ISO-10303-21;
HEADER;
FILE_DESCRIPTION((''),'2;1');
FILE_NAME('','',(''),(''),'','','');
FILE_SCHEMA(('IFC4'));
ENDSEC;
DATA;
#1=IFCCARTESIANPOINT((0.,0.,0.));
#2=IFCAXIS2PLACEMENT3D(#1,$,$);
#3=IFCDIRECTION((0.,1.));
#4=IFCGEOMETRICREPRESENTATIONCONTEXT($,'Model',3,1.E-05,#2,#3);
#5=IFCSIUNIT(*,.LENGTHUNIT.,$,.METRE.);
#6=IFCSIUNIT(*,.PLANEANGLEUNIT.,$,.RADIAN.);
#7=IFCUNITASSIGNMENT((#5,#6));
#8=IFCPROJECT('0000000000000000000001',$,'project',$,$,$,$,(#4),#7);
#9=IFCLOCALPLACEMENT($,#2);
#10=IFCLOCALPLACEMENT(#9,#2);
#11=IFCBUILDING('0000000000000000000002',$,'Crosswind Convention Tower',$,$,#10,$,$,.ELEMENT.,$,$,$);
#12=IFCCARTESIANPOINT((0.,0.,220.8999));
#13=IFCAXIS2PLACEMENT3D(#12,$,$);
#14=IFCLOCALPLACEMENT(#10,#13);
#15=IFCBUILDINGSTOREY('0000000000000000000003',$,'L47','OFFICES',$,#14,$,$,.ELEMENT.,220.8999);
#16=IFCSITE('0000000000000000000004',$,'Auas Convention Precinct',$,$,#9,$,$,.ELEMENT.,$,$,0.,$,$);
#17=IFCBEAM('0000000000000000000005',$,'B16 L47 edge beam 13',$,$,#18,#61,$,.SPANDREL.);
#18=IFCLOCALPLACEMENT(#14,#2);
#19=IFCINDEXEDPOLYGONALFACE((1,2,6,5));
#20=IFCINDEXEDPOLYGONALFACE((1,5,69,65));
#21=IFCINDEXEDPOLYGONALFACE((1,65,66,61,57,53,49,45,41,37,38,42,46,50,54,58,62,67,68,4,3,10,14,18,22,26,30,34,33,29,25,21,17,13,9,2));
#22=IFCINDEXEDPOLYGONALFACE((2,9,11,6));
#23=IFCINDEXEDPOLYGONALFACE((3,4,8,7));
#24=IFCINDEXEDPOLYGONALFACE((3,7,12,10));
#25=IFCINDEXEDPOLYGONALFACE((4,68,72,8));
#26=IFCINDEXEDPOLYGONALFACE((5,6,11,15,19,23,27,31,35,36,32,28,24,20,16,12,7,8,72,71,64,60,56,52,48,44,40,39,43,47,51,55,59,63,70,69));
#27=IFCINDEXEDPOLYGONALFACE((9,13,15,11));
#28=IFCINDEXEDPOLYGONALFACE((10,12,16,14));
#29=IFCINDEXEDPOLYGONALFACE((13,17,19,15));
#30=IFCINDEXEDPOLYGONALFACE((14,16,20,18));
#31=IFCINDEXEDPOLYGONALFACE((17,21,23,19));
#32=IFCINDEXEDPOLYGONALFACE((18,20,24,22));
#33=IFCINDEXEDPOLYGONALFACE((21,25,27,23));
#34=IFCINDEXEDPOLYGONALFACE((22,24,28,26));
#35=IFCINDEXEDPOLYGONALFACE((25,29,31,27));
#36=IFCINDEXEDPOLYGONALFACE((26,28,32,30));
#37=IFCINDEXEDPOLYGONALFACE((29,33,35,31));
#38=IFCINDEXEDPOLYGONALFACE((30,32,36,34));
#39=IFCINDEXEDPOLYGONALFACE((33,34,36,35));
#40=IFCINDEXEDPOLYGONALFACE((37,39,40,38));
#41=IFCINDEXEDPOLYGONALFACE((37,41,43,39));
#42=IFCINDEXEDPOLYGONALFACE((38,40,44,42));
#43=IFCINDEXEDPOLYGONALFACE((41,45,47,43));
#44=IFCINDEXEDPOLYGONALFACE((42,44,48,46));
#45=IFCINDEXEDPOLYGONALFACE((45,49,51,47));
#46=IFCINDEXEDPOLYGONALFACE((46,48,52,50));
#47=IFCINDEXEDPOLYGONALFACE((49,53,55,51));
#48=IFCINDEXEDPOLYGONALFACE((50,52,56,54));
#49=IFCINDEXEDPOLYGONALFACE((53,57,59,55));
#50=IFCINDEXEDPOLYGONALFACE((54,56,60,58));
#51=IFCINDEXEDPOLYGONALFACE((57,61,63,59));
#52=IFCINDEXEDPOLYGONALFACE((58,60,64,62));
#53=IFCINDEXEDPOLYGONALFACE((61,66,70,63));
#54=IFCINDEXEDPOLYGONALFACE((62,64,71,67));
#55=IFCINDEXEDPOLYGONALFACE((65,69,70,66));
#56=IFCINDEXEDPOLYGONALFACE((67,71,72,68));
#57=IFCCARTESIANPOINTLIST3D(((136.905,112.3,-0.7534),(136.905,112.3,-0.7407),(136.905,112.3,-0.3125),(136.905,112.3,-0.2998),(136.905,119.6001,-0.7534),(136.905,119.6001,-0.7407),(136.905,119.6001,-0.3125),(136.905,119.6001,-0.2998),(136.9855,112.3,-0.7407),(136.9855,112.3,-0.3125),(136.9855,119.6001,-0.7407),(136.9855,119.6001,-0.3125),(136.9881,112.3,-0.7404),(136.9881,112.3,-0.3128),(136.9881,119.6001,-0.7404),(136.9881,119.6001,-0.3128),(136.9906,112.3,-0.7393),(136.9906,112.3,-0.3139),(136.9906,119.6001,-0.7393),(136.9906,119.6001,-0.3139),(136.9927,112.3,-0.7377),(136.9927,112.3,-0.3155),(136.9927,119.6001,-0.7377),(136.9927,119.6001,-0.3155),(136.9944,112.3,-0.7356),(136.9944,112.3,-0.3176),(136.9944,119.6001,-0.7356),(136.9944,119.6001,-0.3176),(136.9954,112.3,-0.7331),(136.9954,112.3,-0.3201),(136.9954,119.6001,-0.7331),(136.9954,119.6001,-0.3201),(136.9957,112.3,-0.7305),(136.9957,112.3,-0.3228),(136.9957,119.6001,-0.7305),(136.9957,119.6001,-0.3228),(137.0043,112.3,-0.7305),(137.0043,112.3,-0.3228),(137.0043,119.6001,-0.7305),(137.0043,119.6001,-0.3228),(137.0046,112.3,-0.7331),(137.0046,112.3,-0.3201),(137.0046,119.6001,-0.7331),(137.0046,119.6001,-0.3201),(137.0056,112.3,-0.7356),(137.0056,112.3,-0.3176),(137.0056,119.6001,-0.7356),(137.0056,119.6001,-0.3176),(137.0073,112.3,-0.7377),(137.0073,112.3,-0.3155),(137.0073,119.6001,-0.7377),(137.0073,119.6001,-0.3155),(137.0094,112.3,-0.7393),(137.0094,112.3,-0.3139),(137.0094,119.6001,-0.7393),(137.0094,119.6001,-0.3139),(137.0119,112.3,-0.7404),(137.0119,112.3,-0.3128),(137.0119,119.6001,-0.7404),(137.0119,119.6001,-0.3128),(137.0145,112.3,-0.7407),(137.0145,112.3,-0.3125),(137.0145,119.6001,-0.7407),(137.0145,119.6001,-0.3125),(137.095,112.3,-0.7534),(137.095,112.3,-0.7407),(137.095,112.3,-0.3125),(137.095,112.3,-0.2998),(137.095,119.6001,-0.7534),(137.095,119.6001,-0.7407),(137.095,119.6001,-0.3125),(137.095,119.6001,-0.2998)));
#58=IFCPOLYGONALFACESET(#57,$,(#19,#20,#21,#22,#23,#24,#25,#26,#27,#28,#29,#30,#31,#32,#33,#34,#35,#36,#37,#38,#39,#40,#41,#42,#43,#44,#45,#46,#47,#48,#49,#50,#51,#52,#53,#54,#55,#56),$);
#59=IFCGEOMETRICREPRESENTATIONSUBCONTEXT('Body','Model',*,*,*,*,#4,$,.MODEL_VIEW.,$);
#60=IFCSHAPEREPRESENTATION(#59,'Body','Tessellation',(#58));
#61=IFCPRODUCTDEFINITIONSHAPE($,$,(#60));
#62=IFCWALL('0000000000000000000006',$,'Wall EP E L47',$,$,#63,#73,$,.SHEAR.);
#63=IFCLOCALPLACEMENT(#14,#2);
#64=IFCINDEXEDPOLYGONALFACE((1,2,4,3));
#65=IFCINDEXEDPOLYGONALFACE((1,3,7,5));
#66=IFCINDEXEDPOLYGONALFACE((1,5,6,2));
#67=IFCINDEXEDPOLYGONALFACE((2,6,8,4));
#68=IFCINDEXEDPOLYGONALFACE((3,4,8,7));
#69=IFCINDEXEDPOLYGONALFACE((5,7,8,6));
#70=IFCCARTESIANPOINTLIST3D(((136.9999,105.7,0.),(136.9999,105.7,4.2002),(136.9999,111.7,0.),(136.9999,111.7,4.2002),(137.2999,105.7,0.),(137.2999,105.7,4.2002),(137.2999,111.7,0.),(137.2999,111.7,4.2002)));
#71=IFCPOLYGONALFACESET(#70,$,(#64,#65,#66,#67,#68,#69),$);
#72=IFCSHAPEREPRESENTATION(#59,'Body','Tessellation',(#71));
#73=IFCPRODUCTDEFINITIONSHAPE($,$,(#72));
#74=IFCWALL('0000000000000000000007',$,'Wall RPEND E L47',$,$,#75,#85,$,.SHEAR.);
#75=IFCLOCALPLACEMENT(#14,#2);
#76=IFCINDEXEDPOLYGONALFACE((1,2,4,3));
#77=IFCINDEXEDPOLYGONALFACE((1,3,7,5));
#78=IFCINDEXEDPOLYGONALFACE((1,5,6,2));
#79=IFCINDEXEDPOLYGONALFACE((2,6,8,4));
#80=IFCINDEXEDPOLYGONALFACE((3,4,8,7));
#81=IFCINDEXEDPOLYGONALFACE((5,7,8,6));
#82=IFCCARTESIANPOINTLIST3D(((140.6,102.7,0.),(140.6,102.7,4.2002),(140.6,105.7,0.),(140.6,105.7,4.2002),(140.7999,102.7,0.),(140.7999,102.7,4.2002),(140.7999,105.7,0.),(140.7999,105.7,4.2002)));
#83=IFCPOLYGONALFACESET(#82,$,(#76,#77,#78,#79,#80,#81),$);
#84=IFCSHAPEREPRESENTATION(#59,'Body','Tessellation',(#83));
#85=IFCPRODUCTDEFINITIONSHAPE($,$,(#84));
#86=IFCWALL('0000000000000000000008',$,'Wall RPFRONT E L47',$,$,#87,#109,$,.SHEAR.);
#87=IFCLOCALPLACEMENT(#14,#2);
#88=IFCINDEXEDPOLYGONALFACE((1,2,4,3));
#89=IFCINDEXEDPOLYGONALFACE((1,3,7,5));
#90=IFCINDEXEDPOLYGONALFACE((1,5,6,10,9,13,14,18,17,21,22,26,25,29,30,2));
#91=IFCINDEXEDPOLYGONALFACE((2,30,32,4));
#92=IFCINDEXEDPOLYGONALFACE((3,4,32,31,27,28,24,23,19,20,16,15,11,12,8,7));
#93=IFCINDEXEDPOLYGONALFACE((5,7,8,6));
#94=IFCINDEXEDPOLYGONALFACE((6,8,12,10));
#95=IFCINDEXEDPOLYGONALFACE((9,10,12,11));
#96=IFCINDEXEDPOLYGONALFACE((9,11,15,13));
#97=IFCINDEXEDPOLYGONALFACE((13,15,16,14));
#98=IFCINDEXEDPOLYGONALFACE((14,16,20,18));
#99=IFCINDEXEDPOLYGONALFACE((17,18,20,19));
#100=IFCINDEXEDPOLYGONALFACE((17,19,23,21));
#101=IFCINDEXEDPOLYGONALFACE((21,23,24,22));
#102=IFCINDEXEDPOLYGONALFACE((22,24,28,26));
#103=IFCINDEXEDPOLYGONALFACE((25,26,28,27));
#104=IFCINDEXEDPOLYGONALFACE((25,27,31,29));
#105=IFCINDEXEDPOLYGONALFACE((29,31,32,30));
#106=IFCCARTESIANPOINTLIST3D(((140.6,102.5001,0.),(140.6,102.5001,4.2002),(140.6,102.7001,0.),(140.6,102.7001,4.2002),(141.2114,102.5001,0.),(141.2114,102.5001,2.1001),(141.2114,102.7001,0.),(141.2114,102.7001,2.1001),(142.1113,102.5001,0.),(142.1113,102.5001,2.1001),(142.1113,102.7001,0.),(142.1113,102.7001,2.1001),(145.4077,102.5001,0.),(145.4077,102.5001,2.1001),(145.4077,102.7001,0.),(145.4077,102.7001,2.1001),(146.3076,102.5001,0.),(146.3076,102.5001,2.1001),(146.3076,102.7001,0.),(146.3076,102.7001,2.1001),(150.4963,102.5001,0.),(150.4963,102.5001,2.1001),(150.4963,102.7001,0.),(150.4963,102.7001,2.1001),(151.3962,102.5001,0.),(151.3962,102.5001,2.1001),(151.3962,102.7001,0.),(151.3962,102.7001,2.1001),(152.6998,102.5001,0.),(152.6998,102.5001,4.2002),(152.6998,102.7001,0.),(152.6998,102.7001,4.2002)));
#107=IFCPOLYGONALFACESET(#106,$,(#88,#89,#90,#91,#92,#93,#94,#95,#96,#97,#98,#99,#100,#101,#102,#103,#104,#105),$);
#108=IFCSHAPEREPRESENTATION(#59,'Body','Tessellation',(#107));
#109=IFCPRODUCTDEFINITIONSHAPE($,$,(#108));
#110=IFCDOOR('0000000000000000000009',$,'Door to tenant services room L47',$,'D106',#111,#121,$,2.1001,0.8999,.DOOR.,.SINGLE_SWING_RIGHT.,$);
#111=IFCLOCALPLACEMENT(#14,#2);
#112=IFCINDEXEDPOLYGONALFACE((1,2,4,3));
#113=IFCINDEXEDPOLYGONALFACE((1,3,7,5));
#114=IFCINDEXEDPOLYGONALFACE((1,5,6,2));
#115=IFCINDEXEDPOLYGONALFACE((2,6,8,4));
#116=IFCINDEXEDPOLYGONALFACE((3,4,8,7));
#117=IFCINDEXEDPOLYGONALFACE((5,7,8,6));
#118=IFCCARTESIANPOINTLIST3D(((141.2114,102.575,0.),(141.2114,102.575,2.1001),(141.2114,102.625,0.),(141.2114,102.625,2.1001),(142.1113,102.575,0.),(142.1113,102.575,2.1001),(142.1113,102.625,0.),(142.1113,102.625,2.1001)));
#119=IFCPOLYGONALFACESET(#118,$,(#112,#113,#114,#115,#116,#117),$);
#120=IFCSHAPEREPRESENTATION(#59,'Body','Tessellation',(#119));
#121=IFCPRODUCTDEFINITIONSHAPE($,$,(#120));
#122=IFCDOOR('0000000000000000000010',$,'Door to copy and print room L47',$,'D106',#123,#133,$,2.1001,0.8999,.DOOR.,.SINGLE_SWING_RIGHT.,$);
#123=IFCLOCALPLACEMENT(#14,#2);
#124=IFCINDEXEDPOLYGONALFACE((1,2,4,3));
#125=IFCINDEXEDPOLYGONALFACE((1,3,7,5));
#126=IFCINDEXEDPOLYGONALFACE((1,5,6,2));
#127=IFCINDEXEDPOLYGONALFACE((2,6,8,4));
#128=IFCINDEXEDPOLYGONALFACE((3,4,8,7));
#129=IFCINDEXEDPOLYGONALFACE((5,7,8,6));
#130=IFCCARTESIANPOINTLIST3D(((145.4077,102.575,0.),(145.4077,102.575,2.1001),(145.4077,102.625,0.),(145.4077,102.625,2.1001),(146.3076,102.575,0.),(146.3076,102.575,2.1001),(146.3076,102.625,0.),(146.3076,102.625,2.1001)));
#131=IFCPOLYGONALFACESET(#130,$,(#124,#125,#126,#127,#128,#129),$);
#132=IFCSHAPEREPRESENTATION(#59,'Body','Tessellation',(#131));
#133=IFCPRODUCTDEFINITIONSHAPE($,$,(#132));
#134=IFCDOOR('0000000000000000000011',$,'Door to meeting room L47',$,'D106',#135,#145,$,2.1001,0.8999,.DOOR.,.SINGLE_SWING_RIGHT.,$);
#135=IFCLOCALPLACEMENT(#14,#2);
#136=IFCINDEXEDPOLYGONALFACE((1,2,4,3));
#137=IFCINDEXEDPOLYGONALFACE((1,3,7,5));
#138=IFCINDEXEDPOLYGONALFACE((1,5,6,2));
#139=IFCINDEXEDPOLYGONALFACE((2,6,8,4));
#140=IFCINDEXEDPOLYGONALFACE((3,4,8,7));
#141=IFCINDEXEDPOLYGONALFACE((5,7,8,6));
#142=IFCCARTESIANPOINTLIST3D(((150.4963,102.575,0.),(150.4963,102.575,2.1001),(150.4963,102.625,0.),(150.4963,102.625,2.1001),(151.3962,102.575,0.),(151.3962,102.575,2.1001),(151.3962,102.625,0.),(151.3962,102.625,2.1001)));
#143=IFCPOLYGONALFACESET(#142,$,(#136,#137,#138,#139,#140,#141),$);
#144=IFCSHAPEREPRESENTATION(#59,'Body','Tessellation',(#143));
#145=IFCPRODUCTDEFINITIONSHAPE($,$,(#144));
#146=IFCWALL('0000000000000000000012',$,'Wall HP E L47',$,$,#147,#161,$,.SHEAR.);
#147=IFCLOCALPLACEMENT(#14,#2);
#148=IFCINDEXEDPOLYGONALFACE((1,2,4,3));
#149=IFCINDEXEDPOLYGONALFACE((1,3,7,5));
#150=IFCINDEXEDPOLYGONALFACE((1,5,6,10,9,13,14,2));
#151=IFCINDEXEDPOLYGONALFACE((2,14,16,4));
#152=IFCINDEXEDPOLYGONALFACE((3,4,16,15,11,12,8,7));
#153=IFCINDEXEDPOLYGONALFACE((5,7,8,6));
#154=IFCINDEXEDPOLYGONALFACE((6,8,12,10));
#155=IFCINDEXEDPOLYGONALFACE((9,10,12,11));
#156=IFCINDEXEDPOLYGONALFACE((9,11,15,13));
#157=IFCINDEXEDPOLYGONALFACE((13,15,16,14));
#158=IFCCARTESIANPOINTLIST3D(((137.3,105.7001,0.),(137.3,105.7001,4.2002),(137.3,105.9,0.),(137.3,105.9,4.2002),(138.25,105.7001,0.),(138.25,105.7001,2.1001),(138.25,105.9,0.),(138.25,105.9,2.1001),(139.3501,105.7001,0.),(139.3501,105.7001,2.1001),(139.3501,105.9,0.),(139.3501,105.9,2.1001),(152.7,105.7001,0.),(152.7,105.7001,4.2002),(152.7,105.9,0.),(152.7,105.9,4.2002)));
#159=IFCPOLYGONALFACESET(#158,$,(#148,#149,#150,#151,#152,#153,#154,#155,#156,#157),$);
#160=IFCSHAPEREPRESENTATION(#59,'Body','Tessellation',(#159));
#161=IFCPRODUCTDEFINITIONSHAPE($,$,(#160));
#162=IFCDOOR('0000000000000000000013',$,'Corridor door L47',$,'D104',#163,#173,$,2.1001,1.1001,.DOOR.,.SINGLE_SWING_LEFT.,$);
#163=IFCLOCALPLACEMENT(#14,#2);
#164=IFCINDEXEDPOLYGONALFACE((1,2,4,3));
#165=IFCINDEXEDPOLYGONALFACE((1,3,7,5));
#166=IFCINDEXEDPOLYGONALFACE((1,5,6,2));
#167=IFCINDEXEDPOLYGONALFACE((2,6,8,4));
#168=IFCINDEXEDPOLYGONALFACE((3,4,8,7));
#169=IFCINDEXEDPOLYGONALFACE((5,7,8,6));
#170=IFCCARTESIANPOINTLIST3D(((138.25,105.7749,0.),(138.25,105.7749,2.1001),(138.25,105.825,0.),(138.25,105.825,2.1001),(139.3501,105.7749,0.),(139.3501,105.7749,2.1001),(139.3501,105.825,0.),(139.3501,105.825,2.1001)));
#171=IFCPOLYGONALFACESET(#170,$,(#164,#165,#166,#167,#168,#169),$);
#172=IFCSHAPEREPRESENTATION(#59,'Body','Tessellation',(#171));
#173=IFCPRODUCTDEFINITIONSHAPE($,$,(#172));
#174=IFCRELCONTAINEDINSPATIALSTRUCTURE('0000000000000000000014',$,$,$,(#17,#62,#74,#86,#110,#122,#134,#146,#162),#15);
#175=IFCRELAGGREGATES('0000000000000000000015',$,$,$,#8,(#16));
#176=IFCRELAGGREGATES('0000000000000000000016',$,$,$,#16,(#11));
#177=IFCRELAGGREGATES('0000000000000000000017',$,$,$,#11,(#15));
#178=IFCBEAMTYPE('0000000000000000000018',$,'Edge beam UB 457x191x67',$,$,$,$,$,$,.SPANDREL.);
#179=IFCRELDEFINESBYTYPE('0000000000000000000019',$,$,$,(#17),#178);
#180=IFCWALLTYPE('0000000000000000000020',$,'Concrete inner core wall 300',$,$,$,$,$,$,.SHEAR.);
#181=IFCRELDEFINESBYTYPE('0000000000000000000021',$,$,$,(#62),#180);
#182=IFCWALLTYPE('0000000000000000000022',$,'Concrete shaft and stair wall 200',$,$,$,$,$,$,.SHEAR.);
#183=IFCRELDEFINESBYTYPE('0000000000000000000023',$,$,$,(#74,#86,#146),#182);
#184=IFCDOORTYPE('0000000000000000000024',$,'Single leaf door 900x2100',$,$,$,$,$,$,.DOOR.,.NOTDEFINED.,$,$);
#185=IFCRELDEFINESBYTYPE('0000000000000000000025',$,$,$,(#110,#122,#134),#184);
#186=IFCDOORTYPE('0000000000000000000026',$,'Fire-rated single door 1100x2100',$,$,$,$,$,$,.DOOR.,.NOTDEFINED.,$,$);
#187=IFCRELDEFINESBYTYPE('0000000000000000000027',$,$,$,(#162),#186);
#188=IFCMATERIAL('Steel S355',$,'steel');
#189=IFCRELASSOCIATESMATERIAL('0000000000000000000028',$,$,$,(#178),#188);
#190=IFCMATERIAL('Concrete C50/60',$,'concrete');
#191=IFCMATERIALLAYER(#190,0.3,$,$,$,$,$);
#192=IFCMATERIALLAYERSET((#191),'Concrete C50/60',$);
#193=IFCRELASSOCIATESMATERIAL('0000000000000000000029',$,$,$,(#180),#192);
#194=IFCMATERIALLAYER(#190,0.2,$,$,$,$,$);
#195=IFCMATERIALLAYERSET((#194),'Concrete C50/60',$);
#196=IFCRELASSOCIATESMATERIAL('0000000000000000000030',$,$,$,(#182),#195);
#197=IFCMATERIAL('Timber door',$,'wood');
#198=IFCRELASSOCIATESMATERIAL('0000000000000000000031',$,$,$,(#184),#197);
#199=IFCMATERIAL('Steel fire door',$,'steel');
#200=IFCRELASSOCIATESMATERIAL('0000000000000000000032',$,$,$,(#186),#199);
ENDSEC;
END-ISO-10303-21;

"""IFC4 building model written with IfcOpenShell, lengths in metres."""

from ifc_helpers import new_model, si_unit, direction, frame, frame_2d, origin, origin_2d, place, context, subcontext, project, spatial, rectangle, i_section, extrude, material, layer, layer_set, material_profile, profile_set, type_object, element, fill, save


model = new_model("IFC4")

# Units and contexts
model_context = context("Model", 3, precision=1e-05, world=origin(), true_north=direction((0.0, 1.0)))
body_context = subcontext(model_context, "Body", "Model", "MODEL_VIEW")
ifc_project = project(units=[si_unit("LENGTHUNIT", "METRE"), si_unit("PLANEANGLEUNIT", "RADIAN")], contexts=[model_context])

# Site, building, storey
site_placement = place(None, origin())
site = spatial("IfcSite", under=ifc_project, at=site_placement, Name="Auas Convention Precinct", CompositionType="ELEMENT", RefElevation=0.0)
building_placement = place(site_placement, origin())
building = spatial("IfcBuilding", under=site, at=building_placement, Name="Crosswind Convention Tower", CompositionType="ELEMENT")
storey_placement = place(building_placement, frame((0.0, 0.0, 220.8999)))
storey = spatial("IfcBuildingStorey", under=building, at=storey_placement, Name="L47", Description="OFFICES", CompositionType="ELEMENT", Elevation=220.8999)

# Beam
ifc_material_1 = material(Name="Steel S355", Category="steel")
ifc_material_profile = material_profile(ifc_material_1, i_section(OverallWidth=0.1899, OverallDepth=0.4536, WebThickness=0.0085, FlangeThickness=0.0127, FilletRadius=0.0103, at=origin_2d()), Name="UB 457x191x67")
ifc_profile_set = profile_set([ifc_material_profile], Name="Steel S355")
beam_type = type_object("IfcBeamType", Name="Edge beam UB 457x191x67", PredefinedType="SPANDREL", material=ifc_profile_set)
beam_placement = place(storey_placement, frame((137.0, 112.3, -0.5266), z_axis=(0.0, 1.0, 0.0), x_axis=(-1.0, 0.0, 0.0)))
element("IfcBeam", 1, at=beam_placement, inside=storey, type_object=beam_type, Name="B16 L47 edge beam 13", PredefinedType="SPANDREL", context=body_context, shape_type="SweptSolid", body=[
    extrude(i_section(OverallWidth=0.1899, OverallDepth=0.4536, WebThickness=0.0085, FlangeThickness=0.0127, FilletRadius=0.0103, at=origin_2d()), origin(), (0.0, 0.0, 1.0), 7.3),
])

# Walls
ifc_material_2 = material(Name="Concrete C50/60", Category="concrete")
ifc_layer_1 = layer(ifc_material_2, 0.3)
ifc_layer_set_1 = layer_set([ifc_layer_1], Name="Concrete C50/60")
wall_type_1 = type_object("IfcWallType", Name="Concrete inner core wall 300", PredefinedType="SHEAR", material=ifc_layer_set_1)
wall_1_placement = place(storey_placement, frame((137.1499, 105.7, 0.0), z_axis=(0.0, 0.0, 1.0), x_axis=(0.0, 1.0, 0.0)))
element("IfcWall", 2, at=wall_1_placement, inside=storey, type_object=wall_type_1, Name="Wall EP E L47", PredefinedType="SHEAR", context=body_context, shape_type="SweptSolid", body=[
    extrude(rectangle(XDim=6.0, YDim=0.3, at=frame_2d((3.0, 0.0))), origin(), (0.0, 0.0, 1.0), 4.2002),
])
ifc_layer_2 = layer(ifc_material_2, 0.2)
ifc_layer_set_2 = layer_set([ifc_layer_2], Name="Concrete C50/60")
wall_type_2 = type_object("IfcWallType", Name="Concrete shaft and stair wall 200", PredefinedType="SHEAR", material=ifc_layer_set_2)
wall_2_placement = place(storey_placement, frame((140.7, 102.7, 0.0), z_axis=(0.0, 0.0, 1.0), x_axis=(0.0, 1.0, 0.0)))
element("IfcWall", 3, at=wall_2_placement, inside=storey, type_object=wall_type_2, Name="Wall RPEND E L47", PredefinedType="SHEAR", context=body_context, shape_type="SweptSolid", body=[
    extrude(rectangle(XDim=3.0, YDim=0.2, at=frame_2d((1.5, 0.0))), origin(), (0.0, 0.0, 1.0), 4.2002),
])

# Wall, openings, doors
wall_3_placement = place(storey_placement, frame((140.6001, 102.6001, 0.0), z_axis=(0.0, 0.0, 1.0), x_axis=(1.0, 0.0, 0.0)))
wall_3 = element("IfcWall", 4, at=wall_3_placement, inside=storey, type_object=wall_type_2, Name="Wall RPFRONT E L47", PredefinedType="SHEAR", context=body_context, shape_type="SweptSolid", body=[
    extrude(rectangle(XDim=12.0999, YDim=0.2, at=frame_2d((6.0498, 0.0))), origin(), (0.0, 0.0, 1.0), 4.2002),
])
opening_1_placement = place(wall_3_placement, frame((0.6113, 0.0, 0.0)))
opening_1 = element("IfcOpeningElement", 5, at=opening_1_placement, cuts=wall_3, PredefinedType="OPENING", context=body_context, shape_type="SweptSolid", body=[
    extrude(rectangle(XDim=0.8999, YDim=2.1001, at=frame_2d((0.45, 1.05))), frame((0.0, 0.1099, 0.0), z_axis=(0.0, -1.0, 0.0), x_axis=(1.0, 0.0, 0.0)), (0.0, 0.0, 1.0), 0.22),
])
opening_2_placement = place(wall_3_placement, frame((4.8076, 0.0, 0.0)))
opening_2 = element("IfcOpeningElement", 6, at=opening_2_placement, cuts=wall_3, PredefinedType="OPENING", context=body_context, shape_type="SweptSolid", body=[
    extrude(rectangle(XDim=0.8999, YDim=2.1001, at=frame_2d((0.45, 1.05))), frame((0.0, 0.1099, 0.0), z_axis=(0.0, -1.0, 0.0), x_axis=(1.0, 0.0, 0.0)), (0.0, 0.0, 1.0), 0.22),
])
opening_3_placement = place(wall_3_placement, frame((9.8962, 0.0, 0.0)))
opening_3 = element("IfcOpeningElement", 7, at=opening_3_placement, cuts=wall_3, PredefinedType="OPENING", context=body_context, shape_type="SweptSolid", body=[
    extrude(rectangle(XDim=0.8999, YDim=2.1001, at=frame_2d((0.45, 1.05))), frame((0.0, 0.1099, 0.0), z_axis=(0.0, -1.0, 0.0), x_axis=(1.0, 0.0, 0.0)), (0.0, 0.0, 1.0), 0.22),
])
ifc_material_3 = material(Name="Timber door", Category="wood")
door_type_1 = type_object("IfcDoorType", Name="Single leaf door 900x2100", OperationType="NOTDEFINED", PredefinedType="DOOR", material=ifc_material_3)
door_1_placement = place(opening_1_placement, origin())
door_1 = element("IfcDoor", 8, at=door_1_placement, inside=storey, type_object=door_type_1, Name="Door to tenant services room L47", ObjectType="D106", OperationType="SINGLE_SWING_RIGHT", OverallHeight=2.1001, OverallWidth=0.8999, PredefinedType="DOOR", context=body_context, shape_type="SweptSolid", body=[
    extrude(rectangle(XDim=0.8999, YDim=2.1001, at=frame_2d((0.45, 1.05))), frame((0.0, 0.0249, 0.0), z_axis=(0.0, -1.0, 0.0), x_axis=(1.0, 0.0, 0.0)), (0.0, 0.0, 1.0), 0.05),
])
fill(opening_1, door_1)
door_2_placement = place(opening_2_placement, origin())
door_2 = element("IfcDoor", 9, at=door_2_placement, inside=storey, type_object=door_type_1, Name="Door to copy and print room L47", ObjectType="D106", OperationType="SINGLE_SWING_RIGHT", OverallHeight=2.1001, OverallWidth=0.8999, PredefinedType="DOOR", context=body_context, shape_type="SweptSolid", body=[
    extrude(rectangle(XDim=0.8999, YDim=2.1001, at=frame_2d((0.45, 1.05))), frame((0.0, 0.0249, 0.0), z_axis=(0.0, -1.0, 0.0), x_axis=(1.0, 0.0, 0.0)), (0.0, 0.0, 1.0), 0.05),
])
fill(opening_2, door_2)
door_3_placement = place(opening_3_placement, origin())
door_3 = element("IfcDoor", 10, at=door_3_placement, inside=storey, type_object=door_type_1, Name="Door to meeting room L47", ObjectType="D106", OperationType="SINGLE_SWING_RIGHT", OverallHeight=2.1001, OverallWidth=0.8999, PredefinedType="DOOR", context=body_context, shape_type="SweptSolid", body=[
    extrude(rectangle(XDim=0.8999, YDim=2.1001, at=frame_2d((0.45, 1.05))), frame((0.0, 0.0249, 0.0), z_axis=(0.0, -1.0, 0.0), x_axis=(1.0, 0.0, 0.0)), (0.0, 0.0, 1.0), 0.05),
])
fill(opening_3, door_3)

# Wall, opening, door
wall_4_placement = place(storey_placement, frame((137.3, 105.8, 0.0), z_axis=(0.0, 0.0, 1.0), x_axis=(1.0, 0.0, 0.0)))
wall_4 = element("IfcWall", 11, at=wall_4_placement, inside=storey, type_object=wall_type_2, Name="Wall HP E L47", PredefinedType="SHEAR", context=body_context, shape_type="SweptSolid", body=[
    extrude(rectangle(XDim=15.3999, YDim=0.2, at=frame_2d((7.7, 0.0))), origin(), (0.0, 0.0, 1.0), 4.2002),
])
opening_4_placement = place(wall_4_placement, frame((0.95, 0.0, 0.0)))
opening_4 = element("IfcOpeningElement", 12, at=opening_4_placement, cuts=wall_4, PredefinedType="OPENING", context=body_context, shape_type="SweptSolid", body=[
    extrude(rectangle(XDim=1.1001, YDim=2.1001, at=frame_2d((0.55, 1.05))), frame((0.0, 0.1099, 0.0), z_axis=(0.0, -1.0, 0.0), x_axis=(1.0, 0.0, 0.0)), (0.0, 0.0, 1.0), 0.22),
])
ifc_material_4 = material(Name="Steel fire door", Category="steel")
door_type_2 = type_object("IfcDoorType", Name="Fire-rated single door 1100x2100", OperationType="NOTDEFINED", PredefinedType="DOOR", material=ifc_material_4)
door_4_placement = place(opening_4_placement, origin())
door_4 = element("IfcDoor", 13, at=door_4_placement, inside=storey, type_object=door_type_2, Name="Corridor door L47", ObjectType="D104", OperationType="SINGLE_SWING_LEFT", OverallHeight=2.1001, OverallWidth=1.1001, PredefinedType="DOOR", context=body_context, shape_type="SweptSolid", body=[
    extrude(rectangle(XDim=1.1001, YDim=2.1001, at=frame_2d((0.55, 1.05))), frame((0.0, 0.0249, 0.0), z_axis=(0.0, -1.0, 0.0), x_axis=(1.0, 0.0, 0.0)), (0.0, 0.0, 1.0), 0.05),
])
fill(opening_4, door_4)

save(model, "model.ifc")
